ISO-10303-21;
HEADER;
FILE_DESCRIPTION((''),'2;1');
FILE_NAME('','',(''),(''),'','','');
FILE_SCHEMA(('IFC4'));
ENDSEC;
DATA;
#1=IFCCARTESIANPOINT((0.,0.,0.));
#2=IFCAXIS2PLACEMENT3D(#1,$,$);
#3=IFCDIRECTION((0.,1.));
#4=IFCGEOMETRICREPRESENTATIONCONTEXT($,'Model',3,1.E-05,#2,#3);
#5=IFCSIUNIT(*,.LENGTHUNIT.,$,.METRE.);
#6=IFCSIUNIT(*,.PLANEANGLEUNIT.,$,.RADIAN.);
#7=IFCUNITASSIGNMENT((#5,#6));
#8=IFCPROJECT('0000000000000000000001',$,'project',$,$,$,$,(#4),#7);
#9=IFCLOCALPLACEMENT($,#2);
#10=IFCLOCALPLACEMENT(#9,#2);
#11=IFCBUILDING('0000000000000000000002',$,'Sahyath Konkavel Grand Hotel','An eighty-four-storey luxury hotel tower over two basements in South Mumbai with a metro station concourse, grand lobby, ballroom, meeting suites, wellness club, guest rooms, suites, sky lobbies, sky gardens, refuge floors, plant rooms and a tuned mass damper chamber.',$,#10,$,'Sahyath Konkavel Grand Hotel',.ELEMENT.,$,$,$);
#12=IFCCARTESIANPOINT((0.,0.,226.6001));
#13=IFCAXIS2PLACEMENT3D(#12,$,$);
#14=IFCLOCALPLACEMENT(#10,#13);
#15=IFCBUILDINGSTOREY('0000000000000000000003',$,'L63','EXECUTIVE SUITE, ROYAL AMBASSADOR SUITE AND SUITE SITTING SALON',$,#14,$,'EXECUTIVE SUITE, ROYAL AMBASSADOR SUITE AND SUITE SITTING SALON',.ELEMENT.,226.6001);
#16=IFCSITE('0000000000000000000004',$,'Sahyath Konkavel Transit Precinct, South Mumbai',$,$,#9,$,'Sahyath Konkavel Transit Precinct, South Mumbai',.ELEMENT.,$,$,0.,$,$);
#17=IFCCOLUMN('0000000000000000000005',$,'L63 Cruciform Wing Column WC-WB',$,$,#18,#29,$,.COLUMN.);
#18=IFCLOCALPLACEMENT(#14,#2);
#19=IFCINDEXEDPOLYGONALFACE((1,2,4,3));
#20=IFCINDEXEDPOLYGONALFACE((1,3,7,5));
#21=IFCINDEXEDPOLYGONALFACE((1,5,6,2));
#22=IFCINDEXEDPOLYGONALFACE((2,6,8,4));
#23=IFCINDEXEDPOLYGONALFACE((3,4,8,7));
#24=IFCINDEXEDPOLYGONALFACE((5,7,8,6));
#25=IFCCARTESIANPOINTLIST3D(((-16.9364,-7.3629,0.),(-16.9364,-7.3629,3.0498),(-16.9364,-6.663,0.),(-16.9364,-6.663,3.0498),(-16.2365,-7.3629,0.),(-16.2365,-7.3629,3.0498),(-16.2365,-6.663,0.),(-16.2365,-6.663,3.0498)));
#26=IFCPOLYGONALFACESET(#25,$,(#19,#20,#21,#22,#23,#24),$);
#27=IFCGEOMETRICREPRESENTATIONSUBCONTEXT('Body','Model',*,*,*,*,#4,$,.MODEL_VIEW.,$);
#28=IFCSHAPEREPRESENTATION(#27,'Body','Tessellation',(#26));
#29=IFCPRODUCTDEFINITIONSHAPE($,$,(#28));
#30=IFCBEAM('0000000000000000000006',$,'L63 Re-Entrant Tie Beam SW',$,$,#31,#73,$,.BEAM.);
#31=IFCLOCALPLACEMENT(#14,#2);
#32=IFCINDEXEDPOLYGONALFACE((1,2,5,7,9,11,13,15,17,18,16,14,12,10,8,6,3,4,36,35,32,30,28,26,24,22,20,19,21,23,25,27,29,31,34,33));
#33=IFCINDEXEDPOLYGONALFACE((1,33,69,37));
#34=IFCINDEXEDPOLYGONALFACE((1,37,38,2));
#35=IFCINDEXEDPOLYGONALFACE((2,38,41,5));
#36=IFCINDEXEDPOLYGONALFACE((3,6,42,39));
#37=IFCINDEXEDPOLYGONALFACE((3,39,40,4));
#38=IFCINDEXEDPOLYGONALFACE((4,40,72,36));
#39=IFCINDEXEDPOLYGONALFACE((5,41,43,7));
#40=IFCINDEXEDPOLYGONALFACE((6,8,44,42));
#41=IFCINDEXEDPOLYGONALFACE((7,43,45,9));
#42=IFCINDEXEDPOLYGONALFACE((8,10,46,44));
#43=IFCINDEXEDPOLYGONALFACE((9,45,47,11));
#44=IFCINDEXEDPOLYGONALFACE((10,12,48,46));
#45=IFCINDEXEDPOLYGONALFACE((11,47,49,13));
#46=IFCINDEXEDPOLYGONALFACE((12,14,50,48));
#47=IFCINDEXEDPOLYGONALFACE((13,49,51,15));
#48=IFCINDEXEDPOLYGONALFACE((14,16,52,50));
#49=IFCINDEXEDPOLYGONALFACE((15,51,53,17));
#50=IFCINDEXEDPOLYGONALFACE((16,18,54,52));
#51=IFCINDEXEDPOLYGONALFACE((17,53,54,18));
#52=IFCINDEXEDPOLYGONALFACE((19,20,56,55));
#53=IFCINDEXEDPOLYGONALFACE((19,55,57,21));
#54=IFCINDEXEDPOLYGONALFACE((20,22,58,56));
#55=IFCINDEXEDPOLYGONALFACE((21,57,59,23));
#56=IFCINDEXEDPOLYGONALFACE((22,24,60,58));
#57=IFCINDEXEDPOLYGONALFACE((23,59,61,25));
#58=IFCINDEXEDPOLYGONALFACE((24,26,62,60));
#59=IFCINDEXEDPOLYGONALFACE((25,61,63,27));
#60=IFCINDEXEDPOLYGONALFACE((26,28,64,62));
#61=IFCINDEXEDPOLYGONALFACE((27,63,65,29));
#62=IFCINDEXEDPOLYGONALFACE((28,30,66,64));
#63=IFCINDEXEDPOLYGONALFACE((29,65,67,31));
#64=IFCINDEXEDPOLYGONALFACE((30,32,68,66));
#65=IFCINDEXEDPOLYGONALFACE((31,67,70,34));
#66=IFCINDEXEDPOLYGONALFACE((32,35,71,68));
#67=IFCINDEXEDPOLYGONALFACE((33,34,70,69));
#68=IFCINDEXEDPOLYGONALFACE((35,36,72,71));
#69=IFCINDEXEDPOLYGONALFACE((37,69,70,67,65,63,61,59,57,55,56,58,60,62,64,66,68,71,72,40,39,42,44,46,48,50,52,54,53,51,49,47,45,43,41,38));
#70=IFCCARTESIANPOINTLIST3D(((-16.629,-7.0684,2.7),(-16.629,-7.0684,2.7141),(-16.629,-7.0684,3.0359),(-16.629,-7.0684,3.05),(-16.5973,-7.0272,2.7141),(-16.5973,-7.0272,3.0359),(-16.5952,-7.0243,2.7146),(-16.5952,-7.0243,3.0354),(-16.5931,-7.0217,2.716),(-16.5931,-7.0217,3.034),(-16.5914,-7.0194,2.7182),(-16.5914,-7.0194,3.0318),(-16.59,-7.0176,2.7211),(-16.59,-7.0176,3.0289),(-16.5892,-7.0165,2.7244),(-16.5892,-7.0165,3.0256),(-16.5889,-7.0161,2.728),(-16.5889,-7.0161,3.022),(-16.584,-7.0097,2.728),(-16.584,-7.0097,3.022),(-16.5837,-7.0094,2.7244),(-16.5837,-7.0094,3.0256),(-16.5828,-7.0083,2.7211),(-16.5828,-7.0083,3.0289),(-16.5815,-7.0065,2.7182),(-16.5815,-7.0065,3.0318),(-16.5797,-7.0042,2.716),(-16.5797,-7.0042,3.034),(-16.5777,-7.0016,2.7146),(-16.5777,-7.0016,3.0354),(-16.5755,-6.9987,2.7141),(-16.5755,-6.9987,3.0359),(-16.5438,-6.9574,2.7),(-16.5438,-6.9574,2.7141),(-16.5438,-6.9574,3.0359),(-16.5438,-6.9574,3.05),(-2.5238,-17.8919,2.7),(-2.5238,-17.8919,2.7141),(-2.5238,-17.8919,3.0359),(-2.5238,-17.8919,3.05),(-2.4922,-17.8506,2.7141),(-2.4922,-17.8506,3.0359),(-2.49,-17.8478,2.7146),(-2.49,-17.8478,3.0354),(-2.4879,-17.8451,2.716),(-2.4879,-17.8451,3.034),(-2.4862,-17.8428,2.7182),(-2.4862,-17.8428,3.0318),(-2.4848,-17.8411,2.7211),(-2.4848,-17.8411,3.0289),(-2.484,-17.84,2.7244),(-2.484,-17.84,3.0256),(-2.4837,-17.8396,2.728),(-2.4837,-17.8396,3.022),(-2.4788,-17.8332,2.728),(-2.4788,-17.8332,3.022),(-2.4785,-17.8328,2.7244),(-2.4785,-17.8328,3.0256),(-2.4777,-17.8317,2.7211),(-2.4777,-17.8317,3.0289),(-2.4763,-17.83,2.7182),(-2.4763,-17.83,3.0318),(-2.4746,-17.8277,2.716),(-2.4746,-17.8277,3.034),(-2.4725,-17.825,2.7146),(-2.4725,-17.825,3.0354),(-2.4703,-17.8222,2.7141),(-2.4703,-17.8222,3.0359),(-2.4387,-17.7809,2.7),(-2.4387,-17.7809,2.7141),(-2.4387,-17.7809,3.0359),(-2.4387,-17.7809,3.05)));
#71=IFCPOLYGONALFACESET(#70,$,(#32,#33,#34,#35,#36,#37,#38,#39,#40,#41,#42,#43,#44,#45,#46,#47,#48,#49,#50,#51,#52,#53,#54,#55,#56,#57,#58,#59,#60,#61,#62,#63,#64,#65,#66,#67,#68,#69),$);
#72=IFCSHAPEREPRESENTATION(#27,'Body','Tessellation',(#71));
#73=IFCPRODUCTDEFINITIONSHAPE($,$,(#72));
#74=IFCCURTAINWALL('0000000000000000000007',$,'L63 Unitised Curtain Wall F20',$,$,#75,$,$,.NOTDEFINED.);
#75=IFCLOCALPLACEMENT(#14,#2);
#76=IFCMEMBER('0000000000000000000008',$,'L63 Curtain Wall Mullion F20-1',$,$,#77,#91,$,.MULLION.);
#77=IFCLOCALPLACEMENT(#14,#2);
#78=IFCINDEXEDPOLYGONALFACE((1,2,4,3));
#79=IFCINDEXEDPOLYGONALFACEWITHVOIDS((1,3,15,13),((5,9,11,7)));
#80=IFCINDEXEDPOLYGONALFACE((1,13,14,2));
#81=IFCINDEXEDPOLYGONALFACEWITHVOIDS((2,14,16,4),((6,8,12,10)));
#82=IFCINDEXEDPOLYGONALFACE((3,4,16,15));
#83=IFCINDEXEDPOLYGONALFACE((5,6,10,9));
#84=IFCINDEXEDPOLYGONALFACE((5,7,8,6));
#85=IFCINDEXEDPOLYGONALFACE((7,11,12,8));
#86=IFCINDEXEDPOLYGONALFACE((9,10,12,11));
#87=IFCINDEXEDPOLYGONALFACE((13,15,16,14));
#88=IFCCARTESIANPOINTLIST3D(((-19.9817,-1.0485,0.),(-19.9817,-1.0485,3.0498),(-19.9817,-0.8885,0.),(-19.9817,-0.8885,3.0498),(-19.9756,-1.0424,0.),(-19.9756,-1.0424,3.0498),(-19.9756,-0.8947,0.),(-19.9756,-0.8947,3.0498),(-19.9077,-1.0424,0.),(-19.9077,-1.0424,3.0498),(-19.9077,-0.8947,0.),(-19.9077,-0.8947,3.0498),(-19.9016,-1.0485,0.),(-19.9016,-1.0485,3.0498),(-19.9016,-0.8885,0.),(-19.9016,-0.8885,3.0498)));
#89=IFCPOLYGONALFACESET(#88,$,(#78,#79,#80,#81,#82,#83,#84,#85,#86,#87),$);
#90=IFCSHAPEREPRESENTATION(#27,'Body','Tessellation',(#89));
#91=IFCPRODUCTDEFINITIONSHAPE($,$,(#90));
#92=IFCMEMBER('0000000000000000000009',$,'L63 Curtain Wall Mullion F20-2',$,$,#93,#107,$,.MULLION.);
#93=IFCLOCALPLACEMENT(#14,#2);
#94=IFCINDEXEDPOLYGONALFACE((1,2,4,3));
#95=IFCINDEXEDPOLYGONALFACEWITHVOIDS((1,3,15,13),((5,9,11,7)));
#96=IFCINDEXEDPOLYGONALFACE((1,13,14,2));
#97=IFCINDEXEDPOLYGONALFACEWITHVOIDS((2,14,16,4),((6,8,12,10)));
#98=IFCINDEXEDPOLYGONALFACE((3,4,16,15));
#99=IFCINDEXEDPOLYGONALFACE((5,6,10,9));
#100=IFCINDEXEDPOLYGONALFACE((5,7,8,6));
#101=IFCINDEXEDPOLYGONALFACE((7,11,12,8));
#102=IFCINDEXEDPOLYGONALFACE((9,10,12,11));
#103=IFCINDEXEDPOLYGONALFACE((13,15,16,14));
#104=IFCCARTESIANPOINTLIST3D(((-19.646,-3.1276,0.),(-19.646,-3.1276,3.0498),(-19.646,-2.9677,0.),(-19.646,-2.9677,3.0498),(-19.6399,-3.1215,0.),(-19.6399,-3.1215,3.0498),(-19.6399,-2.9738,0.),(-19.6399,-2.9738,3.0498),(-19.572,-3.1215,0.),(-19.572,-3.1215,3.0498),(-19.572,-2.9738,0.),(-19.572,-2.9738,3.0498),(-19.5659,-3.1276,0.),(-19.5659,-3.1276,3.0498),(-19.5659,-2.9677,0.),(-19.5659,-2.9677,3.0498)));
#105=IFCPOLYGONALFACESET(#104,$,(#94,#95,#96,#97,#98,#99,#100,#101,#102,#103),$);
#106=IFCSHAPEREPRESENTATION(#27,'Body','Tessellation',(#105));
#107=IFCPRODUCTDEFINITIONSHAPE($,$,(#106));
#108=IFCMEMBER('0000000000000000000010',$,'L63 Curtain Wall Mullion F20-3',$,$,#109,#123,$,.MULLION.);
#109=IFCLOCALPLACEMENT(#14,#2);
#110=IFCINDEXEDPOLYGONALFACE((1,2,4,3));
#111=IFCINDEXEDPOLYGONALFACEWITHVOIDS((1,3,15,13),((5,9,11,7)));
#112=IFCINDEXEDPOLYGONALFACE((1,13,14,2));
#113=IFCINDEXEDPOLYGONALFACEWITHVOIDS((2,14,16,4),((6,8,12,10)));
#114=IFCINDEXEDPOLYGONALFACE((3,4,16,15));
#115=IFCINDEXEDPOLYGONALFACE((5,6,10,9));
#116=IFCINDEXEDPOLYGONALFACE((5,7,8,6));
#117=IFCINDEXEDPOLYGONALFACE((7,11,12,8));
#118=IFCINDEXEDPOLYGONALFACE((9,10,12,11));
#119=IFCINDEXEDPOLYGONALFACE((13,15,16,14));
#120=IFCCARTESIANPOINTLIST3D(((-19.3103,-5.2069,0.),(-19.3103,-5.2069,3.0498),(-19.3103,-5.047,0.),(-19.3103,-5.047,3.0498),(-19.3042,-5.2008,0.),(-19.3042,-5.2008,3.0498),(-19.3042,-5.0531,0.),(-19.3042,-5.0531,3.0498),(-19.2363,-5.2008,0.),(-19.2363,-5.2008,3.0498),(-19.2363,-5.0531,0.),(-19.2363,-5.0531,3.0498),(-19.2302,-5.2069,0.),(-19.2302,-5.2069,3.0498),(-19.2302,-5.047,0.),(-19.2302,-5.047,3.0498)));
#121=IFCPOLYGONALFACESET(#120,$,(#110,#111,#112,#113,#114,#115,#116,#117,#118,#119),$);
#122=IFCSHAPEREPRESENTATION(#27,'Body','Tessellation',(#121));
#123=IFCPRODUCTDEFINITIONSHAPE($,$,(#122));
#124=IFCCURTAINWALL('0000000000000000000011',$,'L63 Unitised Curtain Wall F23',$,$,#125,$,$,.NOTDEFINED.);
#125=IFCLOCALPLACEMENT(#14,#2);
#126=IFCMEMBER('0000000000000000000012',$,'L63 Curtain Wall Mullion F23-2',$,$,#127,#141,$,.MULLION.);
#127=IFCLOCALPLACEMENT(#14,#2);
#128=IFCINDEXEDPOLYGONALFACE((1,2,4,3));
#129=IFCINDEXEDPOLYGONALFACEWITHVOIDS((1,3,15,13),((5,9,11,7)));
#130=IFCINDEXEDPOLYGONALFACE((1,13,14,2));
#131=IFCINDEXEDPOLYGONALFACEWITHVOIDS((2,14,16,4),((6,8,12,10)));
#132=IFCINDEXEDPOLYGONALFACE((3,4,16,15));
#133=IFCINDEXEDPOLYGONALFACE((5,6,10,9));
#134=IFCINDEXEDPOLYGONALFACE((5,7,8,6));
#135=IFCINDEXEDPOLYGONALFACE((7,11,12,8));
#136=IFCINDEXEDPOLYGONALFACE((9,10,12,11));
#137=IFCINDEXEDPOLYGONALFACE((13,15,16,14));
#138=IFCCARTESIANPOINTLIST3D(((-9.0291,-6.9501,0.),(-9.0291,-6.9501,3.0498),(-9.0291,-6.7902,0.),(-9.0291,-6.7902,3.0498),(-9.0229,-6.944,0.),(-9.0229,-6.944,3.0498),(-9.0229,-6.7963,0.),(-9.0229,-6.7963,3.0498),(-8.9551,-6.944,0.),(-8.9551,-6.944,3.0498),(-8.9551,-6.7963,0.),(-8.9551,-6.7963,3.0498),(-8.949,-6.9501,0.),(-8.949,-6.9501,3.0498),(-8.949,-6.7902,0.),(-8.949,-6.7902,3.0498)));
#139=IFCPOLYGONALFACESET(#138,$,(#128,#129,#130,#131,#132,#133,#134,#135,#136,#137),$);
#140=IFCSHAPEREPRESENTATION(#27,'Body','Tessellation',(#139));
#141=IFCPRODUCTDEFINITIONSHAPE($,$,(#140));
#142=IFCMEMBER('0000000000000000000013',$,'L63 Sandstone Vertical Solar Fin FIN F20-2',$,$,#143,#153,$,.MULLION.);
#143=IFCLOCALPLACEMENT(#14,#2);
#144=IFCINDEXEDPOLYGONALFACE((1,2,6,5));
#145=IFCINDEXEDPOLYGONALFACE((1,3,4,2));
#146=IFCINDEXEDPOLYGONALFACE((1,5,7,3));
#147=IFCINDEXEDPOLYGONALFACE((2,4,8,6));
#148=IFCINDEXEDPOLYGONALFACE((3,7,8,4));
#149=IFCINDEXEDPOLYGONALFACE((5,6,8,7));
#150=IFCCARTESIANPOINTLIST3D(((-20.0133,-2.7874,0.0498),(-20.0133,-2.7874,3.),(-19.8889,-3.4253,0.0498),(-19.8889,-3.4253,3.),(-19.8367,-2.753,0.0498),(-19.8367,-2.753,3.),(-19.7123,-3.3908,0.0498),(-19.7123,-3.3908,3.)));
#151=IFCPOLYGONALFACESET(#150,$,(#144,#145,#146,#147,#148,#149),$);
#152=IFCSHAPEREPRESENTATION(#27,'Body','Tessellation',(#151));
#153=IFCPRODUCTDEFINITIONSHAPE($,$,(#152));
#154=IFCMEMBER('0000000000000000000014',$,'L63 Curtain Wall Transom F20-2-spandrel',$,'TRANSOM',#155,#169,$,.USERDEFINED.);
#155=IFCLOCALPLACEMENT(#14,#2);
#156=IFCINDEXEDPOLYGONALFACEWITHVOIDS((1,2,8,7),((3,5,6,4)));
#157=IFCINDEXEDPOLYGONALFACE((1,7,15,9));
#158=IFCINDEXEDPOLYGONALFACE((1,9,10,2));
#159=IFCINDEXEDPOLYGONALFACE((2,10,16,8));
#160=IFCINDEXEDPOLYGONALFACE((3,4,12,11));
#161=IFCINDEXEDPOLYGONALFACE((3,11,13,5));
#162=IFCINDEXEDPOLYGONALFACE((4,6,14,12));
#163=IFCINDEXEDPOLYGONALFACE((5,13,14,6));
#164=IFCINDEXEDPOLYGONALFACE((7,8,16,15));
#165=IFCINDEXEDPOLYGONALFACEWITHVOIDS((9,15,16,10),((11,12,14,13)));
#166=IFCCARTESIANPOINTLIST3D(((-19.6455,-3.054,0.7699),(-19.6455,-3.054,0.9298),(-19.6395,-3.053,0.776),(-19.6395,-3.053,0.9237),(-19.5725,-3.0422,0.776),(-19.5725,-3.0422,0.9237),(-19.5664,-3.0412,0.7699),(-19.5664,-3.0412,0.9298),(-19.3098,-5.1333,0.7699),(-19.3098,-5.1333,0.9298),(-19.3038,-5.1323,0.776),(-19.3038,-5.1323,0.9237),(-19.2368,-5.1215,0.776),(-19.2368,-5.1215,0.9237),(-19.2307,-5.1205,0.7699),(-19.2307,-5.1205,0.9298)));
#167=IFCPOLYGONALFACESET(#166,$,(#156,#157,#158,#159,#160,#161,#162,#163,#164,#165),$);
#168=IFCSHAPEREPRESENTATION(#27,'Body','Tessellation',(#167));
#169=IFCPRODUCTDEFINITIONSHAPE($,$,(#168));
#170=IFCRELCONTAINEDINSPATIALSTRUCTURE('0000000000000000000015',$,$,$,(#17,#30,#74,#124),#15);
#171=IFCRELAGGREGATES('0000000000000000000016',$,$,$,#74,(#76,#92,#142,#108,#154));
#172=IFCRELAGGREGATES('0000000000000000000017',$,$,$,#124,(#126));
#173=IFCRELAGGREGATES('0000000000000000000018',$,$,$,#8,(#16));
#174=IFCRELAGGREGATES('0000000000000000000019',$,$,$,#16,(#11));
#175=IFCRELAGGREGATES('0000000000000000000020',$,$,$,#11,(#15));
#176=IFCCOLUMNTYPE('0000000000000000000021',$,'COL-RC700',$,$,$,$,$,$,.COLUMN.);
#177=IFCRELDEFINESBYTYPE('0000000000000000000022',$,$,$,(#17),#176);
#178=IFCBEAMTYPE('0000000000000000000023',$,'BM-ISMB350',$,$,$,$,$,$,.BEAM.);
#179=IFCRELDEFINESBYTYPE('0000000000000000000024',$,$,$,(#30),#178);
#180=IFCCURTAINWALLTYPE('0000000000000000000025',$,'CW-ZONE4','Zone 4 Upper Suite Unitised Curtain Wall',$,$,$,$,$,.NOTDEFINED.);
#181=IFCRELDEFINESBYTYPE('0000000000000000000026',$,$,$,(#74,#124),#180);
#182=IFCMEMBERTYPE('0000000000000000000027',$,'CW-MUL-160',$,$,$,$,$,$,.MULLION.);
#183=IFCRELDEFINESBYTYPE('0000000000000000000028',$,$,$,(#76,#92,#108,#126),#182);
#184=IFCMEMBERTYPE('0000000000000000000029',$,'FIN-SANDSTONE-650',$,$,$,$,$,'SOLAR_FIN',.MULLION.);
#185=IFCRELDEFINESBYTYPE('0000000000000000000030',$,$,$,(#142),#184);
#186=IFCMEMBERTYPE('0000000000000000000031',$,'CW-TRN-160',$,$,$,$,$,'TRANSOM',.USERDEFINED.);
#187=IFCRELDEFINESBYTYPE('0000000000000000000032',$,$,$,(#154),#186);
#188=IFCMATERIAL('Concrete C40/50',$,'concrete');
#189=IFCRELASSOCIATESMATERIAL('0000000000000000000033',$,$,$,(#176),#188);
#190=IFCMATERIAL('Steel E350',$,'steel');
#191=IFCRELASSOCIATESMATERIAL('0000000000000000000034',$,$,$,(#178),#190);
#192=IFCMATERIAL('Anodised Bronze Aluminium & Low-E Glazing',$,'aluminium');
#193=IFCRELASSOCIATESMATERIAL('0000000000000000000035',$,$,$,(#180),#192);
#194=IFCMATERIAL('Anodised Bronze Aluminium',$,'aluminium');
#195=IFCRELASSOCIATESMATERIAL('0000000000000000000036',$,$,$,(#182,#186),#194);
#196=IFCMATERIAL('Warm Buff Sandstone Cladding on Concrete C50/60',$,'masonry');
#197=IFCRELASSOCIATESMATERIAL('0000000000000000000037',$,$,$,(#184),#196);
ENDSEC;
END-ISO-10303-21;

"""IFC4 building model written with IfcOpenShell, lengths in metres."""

from ifc_helpers import new_model, si_unit, direction, frame, origin, origin_2d, place, context, subcontext, project, spatial, rectangle, hollow_rectangle, i_section, extrude, source, transform, mapped, material, material_profile, profile_set, type_object, element, aggregate, save


model = new_model("IFC4")

# Units and contexts
model_context = context("Model", 3, precision=1e-05, world=origin(), true_north=direction((0.0, 1.0)))
body_context = subcontext(model_context, "Body", "Model", "MODEL_VIEW")
ifc_project = project(units=[si_unit("LENGTHUNIT", "METRE"), si_unit("PLANEANGLEUNIT", "RADIAN")], contexts=[model_context])

# Site, building, storey
site_placement = place(None, origin())
site = spatial("IfcSite", under=ifc_project, at=site_placement, Name="Sahyath Konkavel Transit Precinct, South Mumbai", LongName="Sahyath Konkavel Transit Precinct, South Mumbai", CompositionType="ELEMENT", RefElevation=0.0)
building_placement = place(site_placement, origin())
building = spatial("IfcBuilding", under=site, at=building_placement, Name="Sahyath Konkavel Grand Hotel", Description="An eighty-four-storey luxury hotel tower over two basements in South Mumbai with a metro station concourse, grand lobby, ballroom, meeting suites, wellness club, guest rooms, suites, sky lobbies, sky gardens, refuge floors, plant rooms and a tuned mass damper chamber.", LongName="Sahyath Konkavel Grand Hotel", CompositionType="ELEMENT")
storey_placement = place(building_placement, frame((0.0, 0.0, 226.6001)))
storey = spatial("IfcBuildingStorey", under=building, at=storey_placement, Name="L63", Description="EXECUTIVE SUITE, ROYAL AMBASSADOR SUITE AND SUITE SITTING SALON", LongName="EXECUTIVE SUITE, ROYAL AMBASSADOR SUITE AND SUITE SITTING SALON", CompositionType="ELEMENT", Elevation=226.6001)

# Column
ifc_material_1 = material(Name="Concrete C40/50", Category="concrete")
ifc_material_profile_1 = material_profile(ifc_material_1, rectangle(XDim=0.7, YDim=0.7, at=origin_2d()), Name="RC 700x700")
ifc_profile_set_1 = profile_set([ifc_material_profile_1], Name="Concrete C40/50")
column_type = type_object("IfcColumnType", Name="COL-RC700", PredefinedType="COLUMN", material=ifc_profile_set_1)
shared_shape_1 = source(origin(), body_context, "Body", "SweptSolid", [
    extrude(rectangle(XDim=0.7, YDim=0.7, at=origin_2d()), origin(), (0.0, 0.0, 1.0), 3.0498),
])
column_placement = place(storey_placement, frame((-16.5864, -7.0129, 0.0), z_axis=(0.0, 0.0, 1.0), x_axis=(1.0, 0.0, 0.0)))
element("IfcColumn", 1, at=column_placement, inside=storey, type_object=column_type, Name="L63 Cruciform Wing Column WC-WB", PredefinedType="COLUMN", context=body_context, shape_type="MappedRepresentation", body=[
    mapped(shared_shape_1, transform((0.0, 0.0, 0.0), scale=1.0)),
])

# Beam
ifc_material_2 = material(Name="Steel E350", Category="steel")
ifc_material_profile_2 = material_profile(ifc_material_2, i_section(OverallWidth=0.1399, OverallDepth=0.3501, WebThickness=0.0081, FlangeThickness=0.0142, FilletRadius=0.0139, at=origin_2d()), Name="ISMB 350")
ifc_profile_set_2 = profile_set([ifc_material_profile_2], Name="Steel E350")
beam_type_1 = type_object("IfcBeamType", Name="BM-ISMB350", PredefinedType="BEAM", material=ifc_profile_set_2)
shared_shape_2 = source(origin(), body_context, "Body", "SweptSolid", [
    extrude(i_section(OverallWidth=0.1399, OverallDepth=0.3501, WebThickness=0.0081, FlangeThickness=0.0142, FilletRadius=0.0139, at=origin_2d()), origin(), (0.0, 0.0, 1.0), 17.7793),
])
beam_1_placement = place(storey_placement, frame((-16.5864, -7.0129, 2.875), z_axis=(0.793349, -0.608767, 0.0), x_axis=(0.608767, 0.793349, 0.0)))
element("IfcBeam", 2, at=beam_1_placement, inside=storey, type_object=beam_type_1, Name="L63 Re-Entrant Tie Beam SW", PredefinedType="BEAM", context=body_context, shape_type="MappedRepresentation", body=[
    mapped(shared_shape_2, transform((0.0, 0.0, 0.0), scale=1.0)),
])

# Curtain wall, members
ifc_material_3 = material(Name="Anodised Bronze Aluminium & Low-E Glazing", Category="aluminium")
curtain_wall_type = type_object("IfcCurtainWallType", Name="CW-ZONE4", Description="Zone 4 Upper Suite Unitised Curtain Wall", PredefinedType="NOTDEFINED", material=ifc_material_3)
curtain_wall_1_placement = place(storey_placement, origin())
curtain_wall_1 = element("IfcCurtainWall", 3, at=curtain_wall_1_placement, inside=storey, type_object=curtain_wall_type, Name="L63 Unitised Curtain Wall F20", PredefinedType="NOTDEFINED")
ifc_material_4 = material(Name="Anodised Bronze Aluminium", Category="aluminium")
ifc_material_profile_3 = material_profile(ifc_material_4, hollow_rectangle(XDim=0.0801, YDim=0.1599, WallThickness=0.0061, at=origin_2d()), Name="RHS 160x80x6")
ifc_profile_set_3 = profile_set([ifc_material_profile_3], Name="Anodised Bronze Aluminium")
member_type_1 = type_object("IfcMemberType", Name="CW-MUL-160", PredefinedType="MULLION", material=ifc_profile_set_3)
shared_shape_3 = source(origin(), body_context, "Body", "SweptSolid", [
    extrude(hollow_rectangle(XDim=0.0801, YDim=0.1599, WallThickness=0.0061, at=origin_2d()), origin(), (0.0, 0.0, 1.0), 3.0498),
])
member_1_placement = place(storey_placement, frame((-19.9417, -0.9685, 0.0), z_axis=(0.0, 0.0, 1.0), x_axis=(1.0, 0.0, 0.0)))
member_1 = element("IfcMember", 4, at=member_1_placement, type_object=member_type_1, Name="L63 Curtain Wall Mullion F20-1", PredefinedType="MULLION", context=body_context, shape_type="MappedRepresentation", body=[
    mapped(shared_shape_3, transform((0.0, 0.0, 0.0), scale=1.0)),
])
member_2_placement = place(storey_placement, frame((-19.606, -3.0476, 0.0), z_axis=(0.0, 0.0, 1.0), x_axis=(1.0, 0.0, 0.0)))
member_2 = element("IfcMember", 5, at=member_2_placement, type_object=member_type_1, Name="L63 Curtain Wall Mullion F20-2", PredefinedType="MULLION", context=body_context, shape_type="MappedRepresentation", body=[
    mapped(shared_shape_3, transform((0.0, 0.0, 0.0), scale=1.0)),
])
member_3_placement = place(storey_placement, frame((-19.2703, -5.127, 0.0), z_axis=(0.0, 0.0, 1.0), x_axis=(1.0, 0.0, 0.0)))
member_3 = element("IfcMember", 6, at=member_3_placement, type_object=member_type_1, Name="L63 Curtain Wall Mullion F20-3", PredefinedType="MULLION", context=body_context, shape_type="MappedRepresentation", body=[
    mapped(shared_shape_3, transform((0.0, 0.0, 0.0), scale=1.0)),
])

# Curtain wall, member
curtain_wall_2_placement = place(storey_placement, origin())
curtain_wall_2 = element("IfcCurtainWall", 7, at=curtain_wall_2_placement, inside=storey, type_object=curtain_wall_type, Name="L63 Unitised Curtain Wall F23", PredefinedType="NOTDEFINED")
member_4_placement = place(storey_placement, frame((-8.989, -6.8701, 0.0), z_axis=(0.0, 0.0, 1.0), x_axis=(1.0, 0.0, 0.0)))
member_4 = element("IfcMember", 8, at=member_4_placement, type_object=member_type_1, Name="L63 Curtain Wall Mullion F23-2", PredefinedType="MULLION", context=body_context, shape_type="MappedRepresentation", body=[
    mapped(shared_shape_3, transform((0.0, 0.0, 0.0), scale=1.0)),
])

# Members
ifc_material_5 = material(Name="Warm Buff Sandstone Cladding on Concrete C50/60", Category="masonry")
ifc_material_profile_4 = material_profile(ifc_material_5, rectangle(XDim=0.1799, YDim=0.6499, at=origin_2d()), Name="FIN 180x650")
ifc_profile_set_4 = profile_set([ifc_material_profile_4], Name="Warm Buff Sandstone Cladding on Concrete C50/60")
member_type_2 = type_object("IfcMemberType", Name="FIN-SANDSTONE-650", ElementType="SOLAR_FIN", PredefinedType="MULLION", material=ifc_profile_set_4)
shared_shape_4 = source(origin(), body_context, "Body", "SweptSolid", [
    extrude(rectangle(XDim=0.1799, YDim=0.6499, at=origin_2d()), origin(), (0.0, 0.0, 1.0), 2.9502),
])
member_5_placement = place(storey_placement, frame((-19.8628, -3.0891, 0.0498), z_axis=(0.0, 0.0, 1.0), x_axis=(0.981527, 0.191323, 0.0)))
member_5 = element("IfcMember", 9, at=member_5_placement, type_object=member_type_2, Name="L63 Sandstone Vertical Solar Fin FIN F20-2", PredefinedType="MULLION", context=body_context, shape_type="MappedRepresentation", body=[
    mapped(shared_shape_4, transform((0.0, 0.0, 0.0), scale=1.0)),
])
ifc_material_profile_5 = material_profile(ifc_material_4, hollow_rectangle(XDim=0.0801, YDim=0.1599, WallThickness=0.0061, at=origin_2d()), Name="RHS 160x80x6")
ifc_profile_set_5 = profile_set([ifc_material_profile_5], Name="Anodised Bronze Aluminium")
member_type_3 = type_object("IfcMemberType", Name="CW-TRN-160", ElementType="TRANSOM", PredefinedType="USERDEFINED", material=ifc_profile_set_5)
shared_shape_5 = source(origin(), body_context, "Body", "SweptSolid", [
    extrude(hollow_rectangle(XDim=0.0801, YDim=0.1599, WallThickness=0.0061, at=origin_2d()), origin(), (0.0, 0.0, 1.0), 2.1062),
])
member_6_placement = place(storey_placement, frame((-19.606, -3.0476, 0.8499), z_axis=(0.159378, -0.987218, 0.0), x_axis=(0.987218, 0.159378, 0.0)))
member_6 = element("IfcMember", 10, at=member_6_placement, type_object=member_type_3, Name="L63 Curtain Wall Transom F20-2-spandrel", ObjectType="TRANSOM", PredefinedType="USERDEFINED", context=body_context, shape_type="MappedRepresentation", body=[
    mapped(shared_shape_5, transform((0.0, 0.0, 0.0), scale=1.0)),
])

aggregate(curtain_wall_1, [member_1, member_2, member_5, member_3, member_6])
aggregate(curtain_wall_2, [member_4])

save(model, "model.ifc")
